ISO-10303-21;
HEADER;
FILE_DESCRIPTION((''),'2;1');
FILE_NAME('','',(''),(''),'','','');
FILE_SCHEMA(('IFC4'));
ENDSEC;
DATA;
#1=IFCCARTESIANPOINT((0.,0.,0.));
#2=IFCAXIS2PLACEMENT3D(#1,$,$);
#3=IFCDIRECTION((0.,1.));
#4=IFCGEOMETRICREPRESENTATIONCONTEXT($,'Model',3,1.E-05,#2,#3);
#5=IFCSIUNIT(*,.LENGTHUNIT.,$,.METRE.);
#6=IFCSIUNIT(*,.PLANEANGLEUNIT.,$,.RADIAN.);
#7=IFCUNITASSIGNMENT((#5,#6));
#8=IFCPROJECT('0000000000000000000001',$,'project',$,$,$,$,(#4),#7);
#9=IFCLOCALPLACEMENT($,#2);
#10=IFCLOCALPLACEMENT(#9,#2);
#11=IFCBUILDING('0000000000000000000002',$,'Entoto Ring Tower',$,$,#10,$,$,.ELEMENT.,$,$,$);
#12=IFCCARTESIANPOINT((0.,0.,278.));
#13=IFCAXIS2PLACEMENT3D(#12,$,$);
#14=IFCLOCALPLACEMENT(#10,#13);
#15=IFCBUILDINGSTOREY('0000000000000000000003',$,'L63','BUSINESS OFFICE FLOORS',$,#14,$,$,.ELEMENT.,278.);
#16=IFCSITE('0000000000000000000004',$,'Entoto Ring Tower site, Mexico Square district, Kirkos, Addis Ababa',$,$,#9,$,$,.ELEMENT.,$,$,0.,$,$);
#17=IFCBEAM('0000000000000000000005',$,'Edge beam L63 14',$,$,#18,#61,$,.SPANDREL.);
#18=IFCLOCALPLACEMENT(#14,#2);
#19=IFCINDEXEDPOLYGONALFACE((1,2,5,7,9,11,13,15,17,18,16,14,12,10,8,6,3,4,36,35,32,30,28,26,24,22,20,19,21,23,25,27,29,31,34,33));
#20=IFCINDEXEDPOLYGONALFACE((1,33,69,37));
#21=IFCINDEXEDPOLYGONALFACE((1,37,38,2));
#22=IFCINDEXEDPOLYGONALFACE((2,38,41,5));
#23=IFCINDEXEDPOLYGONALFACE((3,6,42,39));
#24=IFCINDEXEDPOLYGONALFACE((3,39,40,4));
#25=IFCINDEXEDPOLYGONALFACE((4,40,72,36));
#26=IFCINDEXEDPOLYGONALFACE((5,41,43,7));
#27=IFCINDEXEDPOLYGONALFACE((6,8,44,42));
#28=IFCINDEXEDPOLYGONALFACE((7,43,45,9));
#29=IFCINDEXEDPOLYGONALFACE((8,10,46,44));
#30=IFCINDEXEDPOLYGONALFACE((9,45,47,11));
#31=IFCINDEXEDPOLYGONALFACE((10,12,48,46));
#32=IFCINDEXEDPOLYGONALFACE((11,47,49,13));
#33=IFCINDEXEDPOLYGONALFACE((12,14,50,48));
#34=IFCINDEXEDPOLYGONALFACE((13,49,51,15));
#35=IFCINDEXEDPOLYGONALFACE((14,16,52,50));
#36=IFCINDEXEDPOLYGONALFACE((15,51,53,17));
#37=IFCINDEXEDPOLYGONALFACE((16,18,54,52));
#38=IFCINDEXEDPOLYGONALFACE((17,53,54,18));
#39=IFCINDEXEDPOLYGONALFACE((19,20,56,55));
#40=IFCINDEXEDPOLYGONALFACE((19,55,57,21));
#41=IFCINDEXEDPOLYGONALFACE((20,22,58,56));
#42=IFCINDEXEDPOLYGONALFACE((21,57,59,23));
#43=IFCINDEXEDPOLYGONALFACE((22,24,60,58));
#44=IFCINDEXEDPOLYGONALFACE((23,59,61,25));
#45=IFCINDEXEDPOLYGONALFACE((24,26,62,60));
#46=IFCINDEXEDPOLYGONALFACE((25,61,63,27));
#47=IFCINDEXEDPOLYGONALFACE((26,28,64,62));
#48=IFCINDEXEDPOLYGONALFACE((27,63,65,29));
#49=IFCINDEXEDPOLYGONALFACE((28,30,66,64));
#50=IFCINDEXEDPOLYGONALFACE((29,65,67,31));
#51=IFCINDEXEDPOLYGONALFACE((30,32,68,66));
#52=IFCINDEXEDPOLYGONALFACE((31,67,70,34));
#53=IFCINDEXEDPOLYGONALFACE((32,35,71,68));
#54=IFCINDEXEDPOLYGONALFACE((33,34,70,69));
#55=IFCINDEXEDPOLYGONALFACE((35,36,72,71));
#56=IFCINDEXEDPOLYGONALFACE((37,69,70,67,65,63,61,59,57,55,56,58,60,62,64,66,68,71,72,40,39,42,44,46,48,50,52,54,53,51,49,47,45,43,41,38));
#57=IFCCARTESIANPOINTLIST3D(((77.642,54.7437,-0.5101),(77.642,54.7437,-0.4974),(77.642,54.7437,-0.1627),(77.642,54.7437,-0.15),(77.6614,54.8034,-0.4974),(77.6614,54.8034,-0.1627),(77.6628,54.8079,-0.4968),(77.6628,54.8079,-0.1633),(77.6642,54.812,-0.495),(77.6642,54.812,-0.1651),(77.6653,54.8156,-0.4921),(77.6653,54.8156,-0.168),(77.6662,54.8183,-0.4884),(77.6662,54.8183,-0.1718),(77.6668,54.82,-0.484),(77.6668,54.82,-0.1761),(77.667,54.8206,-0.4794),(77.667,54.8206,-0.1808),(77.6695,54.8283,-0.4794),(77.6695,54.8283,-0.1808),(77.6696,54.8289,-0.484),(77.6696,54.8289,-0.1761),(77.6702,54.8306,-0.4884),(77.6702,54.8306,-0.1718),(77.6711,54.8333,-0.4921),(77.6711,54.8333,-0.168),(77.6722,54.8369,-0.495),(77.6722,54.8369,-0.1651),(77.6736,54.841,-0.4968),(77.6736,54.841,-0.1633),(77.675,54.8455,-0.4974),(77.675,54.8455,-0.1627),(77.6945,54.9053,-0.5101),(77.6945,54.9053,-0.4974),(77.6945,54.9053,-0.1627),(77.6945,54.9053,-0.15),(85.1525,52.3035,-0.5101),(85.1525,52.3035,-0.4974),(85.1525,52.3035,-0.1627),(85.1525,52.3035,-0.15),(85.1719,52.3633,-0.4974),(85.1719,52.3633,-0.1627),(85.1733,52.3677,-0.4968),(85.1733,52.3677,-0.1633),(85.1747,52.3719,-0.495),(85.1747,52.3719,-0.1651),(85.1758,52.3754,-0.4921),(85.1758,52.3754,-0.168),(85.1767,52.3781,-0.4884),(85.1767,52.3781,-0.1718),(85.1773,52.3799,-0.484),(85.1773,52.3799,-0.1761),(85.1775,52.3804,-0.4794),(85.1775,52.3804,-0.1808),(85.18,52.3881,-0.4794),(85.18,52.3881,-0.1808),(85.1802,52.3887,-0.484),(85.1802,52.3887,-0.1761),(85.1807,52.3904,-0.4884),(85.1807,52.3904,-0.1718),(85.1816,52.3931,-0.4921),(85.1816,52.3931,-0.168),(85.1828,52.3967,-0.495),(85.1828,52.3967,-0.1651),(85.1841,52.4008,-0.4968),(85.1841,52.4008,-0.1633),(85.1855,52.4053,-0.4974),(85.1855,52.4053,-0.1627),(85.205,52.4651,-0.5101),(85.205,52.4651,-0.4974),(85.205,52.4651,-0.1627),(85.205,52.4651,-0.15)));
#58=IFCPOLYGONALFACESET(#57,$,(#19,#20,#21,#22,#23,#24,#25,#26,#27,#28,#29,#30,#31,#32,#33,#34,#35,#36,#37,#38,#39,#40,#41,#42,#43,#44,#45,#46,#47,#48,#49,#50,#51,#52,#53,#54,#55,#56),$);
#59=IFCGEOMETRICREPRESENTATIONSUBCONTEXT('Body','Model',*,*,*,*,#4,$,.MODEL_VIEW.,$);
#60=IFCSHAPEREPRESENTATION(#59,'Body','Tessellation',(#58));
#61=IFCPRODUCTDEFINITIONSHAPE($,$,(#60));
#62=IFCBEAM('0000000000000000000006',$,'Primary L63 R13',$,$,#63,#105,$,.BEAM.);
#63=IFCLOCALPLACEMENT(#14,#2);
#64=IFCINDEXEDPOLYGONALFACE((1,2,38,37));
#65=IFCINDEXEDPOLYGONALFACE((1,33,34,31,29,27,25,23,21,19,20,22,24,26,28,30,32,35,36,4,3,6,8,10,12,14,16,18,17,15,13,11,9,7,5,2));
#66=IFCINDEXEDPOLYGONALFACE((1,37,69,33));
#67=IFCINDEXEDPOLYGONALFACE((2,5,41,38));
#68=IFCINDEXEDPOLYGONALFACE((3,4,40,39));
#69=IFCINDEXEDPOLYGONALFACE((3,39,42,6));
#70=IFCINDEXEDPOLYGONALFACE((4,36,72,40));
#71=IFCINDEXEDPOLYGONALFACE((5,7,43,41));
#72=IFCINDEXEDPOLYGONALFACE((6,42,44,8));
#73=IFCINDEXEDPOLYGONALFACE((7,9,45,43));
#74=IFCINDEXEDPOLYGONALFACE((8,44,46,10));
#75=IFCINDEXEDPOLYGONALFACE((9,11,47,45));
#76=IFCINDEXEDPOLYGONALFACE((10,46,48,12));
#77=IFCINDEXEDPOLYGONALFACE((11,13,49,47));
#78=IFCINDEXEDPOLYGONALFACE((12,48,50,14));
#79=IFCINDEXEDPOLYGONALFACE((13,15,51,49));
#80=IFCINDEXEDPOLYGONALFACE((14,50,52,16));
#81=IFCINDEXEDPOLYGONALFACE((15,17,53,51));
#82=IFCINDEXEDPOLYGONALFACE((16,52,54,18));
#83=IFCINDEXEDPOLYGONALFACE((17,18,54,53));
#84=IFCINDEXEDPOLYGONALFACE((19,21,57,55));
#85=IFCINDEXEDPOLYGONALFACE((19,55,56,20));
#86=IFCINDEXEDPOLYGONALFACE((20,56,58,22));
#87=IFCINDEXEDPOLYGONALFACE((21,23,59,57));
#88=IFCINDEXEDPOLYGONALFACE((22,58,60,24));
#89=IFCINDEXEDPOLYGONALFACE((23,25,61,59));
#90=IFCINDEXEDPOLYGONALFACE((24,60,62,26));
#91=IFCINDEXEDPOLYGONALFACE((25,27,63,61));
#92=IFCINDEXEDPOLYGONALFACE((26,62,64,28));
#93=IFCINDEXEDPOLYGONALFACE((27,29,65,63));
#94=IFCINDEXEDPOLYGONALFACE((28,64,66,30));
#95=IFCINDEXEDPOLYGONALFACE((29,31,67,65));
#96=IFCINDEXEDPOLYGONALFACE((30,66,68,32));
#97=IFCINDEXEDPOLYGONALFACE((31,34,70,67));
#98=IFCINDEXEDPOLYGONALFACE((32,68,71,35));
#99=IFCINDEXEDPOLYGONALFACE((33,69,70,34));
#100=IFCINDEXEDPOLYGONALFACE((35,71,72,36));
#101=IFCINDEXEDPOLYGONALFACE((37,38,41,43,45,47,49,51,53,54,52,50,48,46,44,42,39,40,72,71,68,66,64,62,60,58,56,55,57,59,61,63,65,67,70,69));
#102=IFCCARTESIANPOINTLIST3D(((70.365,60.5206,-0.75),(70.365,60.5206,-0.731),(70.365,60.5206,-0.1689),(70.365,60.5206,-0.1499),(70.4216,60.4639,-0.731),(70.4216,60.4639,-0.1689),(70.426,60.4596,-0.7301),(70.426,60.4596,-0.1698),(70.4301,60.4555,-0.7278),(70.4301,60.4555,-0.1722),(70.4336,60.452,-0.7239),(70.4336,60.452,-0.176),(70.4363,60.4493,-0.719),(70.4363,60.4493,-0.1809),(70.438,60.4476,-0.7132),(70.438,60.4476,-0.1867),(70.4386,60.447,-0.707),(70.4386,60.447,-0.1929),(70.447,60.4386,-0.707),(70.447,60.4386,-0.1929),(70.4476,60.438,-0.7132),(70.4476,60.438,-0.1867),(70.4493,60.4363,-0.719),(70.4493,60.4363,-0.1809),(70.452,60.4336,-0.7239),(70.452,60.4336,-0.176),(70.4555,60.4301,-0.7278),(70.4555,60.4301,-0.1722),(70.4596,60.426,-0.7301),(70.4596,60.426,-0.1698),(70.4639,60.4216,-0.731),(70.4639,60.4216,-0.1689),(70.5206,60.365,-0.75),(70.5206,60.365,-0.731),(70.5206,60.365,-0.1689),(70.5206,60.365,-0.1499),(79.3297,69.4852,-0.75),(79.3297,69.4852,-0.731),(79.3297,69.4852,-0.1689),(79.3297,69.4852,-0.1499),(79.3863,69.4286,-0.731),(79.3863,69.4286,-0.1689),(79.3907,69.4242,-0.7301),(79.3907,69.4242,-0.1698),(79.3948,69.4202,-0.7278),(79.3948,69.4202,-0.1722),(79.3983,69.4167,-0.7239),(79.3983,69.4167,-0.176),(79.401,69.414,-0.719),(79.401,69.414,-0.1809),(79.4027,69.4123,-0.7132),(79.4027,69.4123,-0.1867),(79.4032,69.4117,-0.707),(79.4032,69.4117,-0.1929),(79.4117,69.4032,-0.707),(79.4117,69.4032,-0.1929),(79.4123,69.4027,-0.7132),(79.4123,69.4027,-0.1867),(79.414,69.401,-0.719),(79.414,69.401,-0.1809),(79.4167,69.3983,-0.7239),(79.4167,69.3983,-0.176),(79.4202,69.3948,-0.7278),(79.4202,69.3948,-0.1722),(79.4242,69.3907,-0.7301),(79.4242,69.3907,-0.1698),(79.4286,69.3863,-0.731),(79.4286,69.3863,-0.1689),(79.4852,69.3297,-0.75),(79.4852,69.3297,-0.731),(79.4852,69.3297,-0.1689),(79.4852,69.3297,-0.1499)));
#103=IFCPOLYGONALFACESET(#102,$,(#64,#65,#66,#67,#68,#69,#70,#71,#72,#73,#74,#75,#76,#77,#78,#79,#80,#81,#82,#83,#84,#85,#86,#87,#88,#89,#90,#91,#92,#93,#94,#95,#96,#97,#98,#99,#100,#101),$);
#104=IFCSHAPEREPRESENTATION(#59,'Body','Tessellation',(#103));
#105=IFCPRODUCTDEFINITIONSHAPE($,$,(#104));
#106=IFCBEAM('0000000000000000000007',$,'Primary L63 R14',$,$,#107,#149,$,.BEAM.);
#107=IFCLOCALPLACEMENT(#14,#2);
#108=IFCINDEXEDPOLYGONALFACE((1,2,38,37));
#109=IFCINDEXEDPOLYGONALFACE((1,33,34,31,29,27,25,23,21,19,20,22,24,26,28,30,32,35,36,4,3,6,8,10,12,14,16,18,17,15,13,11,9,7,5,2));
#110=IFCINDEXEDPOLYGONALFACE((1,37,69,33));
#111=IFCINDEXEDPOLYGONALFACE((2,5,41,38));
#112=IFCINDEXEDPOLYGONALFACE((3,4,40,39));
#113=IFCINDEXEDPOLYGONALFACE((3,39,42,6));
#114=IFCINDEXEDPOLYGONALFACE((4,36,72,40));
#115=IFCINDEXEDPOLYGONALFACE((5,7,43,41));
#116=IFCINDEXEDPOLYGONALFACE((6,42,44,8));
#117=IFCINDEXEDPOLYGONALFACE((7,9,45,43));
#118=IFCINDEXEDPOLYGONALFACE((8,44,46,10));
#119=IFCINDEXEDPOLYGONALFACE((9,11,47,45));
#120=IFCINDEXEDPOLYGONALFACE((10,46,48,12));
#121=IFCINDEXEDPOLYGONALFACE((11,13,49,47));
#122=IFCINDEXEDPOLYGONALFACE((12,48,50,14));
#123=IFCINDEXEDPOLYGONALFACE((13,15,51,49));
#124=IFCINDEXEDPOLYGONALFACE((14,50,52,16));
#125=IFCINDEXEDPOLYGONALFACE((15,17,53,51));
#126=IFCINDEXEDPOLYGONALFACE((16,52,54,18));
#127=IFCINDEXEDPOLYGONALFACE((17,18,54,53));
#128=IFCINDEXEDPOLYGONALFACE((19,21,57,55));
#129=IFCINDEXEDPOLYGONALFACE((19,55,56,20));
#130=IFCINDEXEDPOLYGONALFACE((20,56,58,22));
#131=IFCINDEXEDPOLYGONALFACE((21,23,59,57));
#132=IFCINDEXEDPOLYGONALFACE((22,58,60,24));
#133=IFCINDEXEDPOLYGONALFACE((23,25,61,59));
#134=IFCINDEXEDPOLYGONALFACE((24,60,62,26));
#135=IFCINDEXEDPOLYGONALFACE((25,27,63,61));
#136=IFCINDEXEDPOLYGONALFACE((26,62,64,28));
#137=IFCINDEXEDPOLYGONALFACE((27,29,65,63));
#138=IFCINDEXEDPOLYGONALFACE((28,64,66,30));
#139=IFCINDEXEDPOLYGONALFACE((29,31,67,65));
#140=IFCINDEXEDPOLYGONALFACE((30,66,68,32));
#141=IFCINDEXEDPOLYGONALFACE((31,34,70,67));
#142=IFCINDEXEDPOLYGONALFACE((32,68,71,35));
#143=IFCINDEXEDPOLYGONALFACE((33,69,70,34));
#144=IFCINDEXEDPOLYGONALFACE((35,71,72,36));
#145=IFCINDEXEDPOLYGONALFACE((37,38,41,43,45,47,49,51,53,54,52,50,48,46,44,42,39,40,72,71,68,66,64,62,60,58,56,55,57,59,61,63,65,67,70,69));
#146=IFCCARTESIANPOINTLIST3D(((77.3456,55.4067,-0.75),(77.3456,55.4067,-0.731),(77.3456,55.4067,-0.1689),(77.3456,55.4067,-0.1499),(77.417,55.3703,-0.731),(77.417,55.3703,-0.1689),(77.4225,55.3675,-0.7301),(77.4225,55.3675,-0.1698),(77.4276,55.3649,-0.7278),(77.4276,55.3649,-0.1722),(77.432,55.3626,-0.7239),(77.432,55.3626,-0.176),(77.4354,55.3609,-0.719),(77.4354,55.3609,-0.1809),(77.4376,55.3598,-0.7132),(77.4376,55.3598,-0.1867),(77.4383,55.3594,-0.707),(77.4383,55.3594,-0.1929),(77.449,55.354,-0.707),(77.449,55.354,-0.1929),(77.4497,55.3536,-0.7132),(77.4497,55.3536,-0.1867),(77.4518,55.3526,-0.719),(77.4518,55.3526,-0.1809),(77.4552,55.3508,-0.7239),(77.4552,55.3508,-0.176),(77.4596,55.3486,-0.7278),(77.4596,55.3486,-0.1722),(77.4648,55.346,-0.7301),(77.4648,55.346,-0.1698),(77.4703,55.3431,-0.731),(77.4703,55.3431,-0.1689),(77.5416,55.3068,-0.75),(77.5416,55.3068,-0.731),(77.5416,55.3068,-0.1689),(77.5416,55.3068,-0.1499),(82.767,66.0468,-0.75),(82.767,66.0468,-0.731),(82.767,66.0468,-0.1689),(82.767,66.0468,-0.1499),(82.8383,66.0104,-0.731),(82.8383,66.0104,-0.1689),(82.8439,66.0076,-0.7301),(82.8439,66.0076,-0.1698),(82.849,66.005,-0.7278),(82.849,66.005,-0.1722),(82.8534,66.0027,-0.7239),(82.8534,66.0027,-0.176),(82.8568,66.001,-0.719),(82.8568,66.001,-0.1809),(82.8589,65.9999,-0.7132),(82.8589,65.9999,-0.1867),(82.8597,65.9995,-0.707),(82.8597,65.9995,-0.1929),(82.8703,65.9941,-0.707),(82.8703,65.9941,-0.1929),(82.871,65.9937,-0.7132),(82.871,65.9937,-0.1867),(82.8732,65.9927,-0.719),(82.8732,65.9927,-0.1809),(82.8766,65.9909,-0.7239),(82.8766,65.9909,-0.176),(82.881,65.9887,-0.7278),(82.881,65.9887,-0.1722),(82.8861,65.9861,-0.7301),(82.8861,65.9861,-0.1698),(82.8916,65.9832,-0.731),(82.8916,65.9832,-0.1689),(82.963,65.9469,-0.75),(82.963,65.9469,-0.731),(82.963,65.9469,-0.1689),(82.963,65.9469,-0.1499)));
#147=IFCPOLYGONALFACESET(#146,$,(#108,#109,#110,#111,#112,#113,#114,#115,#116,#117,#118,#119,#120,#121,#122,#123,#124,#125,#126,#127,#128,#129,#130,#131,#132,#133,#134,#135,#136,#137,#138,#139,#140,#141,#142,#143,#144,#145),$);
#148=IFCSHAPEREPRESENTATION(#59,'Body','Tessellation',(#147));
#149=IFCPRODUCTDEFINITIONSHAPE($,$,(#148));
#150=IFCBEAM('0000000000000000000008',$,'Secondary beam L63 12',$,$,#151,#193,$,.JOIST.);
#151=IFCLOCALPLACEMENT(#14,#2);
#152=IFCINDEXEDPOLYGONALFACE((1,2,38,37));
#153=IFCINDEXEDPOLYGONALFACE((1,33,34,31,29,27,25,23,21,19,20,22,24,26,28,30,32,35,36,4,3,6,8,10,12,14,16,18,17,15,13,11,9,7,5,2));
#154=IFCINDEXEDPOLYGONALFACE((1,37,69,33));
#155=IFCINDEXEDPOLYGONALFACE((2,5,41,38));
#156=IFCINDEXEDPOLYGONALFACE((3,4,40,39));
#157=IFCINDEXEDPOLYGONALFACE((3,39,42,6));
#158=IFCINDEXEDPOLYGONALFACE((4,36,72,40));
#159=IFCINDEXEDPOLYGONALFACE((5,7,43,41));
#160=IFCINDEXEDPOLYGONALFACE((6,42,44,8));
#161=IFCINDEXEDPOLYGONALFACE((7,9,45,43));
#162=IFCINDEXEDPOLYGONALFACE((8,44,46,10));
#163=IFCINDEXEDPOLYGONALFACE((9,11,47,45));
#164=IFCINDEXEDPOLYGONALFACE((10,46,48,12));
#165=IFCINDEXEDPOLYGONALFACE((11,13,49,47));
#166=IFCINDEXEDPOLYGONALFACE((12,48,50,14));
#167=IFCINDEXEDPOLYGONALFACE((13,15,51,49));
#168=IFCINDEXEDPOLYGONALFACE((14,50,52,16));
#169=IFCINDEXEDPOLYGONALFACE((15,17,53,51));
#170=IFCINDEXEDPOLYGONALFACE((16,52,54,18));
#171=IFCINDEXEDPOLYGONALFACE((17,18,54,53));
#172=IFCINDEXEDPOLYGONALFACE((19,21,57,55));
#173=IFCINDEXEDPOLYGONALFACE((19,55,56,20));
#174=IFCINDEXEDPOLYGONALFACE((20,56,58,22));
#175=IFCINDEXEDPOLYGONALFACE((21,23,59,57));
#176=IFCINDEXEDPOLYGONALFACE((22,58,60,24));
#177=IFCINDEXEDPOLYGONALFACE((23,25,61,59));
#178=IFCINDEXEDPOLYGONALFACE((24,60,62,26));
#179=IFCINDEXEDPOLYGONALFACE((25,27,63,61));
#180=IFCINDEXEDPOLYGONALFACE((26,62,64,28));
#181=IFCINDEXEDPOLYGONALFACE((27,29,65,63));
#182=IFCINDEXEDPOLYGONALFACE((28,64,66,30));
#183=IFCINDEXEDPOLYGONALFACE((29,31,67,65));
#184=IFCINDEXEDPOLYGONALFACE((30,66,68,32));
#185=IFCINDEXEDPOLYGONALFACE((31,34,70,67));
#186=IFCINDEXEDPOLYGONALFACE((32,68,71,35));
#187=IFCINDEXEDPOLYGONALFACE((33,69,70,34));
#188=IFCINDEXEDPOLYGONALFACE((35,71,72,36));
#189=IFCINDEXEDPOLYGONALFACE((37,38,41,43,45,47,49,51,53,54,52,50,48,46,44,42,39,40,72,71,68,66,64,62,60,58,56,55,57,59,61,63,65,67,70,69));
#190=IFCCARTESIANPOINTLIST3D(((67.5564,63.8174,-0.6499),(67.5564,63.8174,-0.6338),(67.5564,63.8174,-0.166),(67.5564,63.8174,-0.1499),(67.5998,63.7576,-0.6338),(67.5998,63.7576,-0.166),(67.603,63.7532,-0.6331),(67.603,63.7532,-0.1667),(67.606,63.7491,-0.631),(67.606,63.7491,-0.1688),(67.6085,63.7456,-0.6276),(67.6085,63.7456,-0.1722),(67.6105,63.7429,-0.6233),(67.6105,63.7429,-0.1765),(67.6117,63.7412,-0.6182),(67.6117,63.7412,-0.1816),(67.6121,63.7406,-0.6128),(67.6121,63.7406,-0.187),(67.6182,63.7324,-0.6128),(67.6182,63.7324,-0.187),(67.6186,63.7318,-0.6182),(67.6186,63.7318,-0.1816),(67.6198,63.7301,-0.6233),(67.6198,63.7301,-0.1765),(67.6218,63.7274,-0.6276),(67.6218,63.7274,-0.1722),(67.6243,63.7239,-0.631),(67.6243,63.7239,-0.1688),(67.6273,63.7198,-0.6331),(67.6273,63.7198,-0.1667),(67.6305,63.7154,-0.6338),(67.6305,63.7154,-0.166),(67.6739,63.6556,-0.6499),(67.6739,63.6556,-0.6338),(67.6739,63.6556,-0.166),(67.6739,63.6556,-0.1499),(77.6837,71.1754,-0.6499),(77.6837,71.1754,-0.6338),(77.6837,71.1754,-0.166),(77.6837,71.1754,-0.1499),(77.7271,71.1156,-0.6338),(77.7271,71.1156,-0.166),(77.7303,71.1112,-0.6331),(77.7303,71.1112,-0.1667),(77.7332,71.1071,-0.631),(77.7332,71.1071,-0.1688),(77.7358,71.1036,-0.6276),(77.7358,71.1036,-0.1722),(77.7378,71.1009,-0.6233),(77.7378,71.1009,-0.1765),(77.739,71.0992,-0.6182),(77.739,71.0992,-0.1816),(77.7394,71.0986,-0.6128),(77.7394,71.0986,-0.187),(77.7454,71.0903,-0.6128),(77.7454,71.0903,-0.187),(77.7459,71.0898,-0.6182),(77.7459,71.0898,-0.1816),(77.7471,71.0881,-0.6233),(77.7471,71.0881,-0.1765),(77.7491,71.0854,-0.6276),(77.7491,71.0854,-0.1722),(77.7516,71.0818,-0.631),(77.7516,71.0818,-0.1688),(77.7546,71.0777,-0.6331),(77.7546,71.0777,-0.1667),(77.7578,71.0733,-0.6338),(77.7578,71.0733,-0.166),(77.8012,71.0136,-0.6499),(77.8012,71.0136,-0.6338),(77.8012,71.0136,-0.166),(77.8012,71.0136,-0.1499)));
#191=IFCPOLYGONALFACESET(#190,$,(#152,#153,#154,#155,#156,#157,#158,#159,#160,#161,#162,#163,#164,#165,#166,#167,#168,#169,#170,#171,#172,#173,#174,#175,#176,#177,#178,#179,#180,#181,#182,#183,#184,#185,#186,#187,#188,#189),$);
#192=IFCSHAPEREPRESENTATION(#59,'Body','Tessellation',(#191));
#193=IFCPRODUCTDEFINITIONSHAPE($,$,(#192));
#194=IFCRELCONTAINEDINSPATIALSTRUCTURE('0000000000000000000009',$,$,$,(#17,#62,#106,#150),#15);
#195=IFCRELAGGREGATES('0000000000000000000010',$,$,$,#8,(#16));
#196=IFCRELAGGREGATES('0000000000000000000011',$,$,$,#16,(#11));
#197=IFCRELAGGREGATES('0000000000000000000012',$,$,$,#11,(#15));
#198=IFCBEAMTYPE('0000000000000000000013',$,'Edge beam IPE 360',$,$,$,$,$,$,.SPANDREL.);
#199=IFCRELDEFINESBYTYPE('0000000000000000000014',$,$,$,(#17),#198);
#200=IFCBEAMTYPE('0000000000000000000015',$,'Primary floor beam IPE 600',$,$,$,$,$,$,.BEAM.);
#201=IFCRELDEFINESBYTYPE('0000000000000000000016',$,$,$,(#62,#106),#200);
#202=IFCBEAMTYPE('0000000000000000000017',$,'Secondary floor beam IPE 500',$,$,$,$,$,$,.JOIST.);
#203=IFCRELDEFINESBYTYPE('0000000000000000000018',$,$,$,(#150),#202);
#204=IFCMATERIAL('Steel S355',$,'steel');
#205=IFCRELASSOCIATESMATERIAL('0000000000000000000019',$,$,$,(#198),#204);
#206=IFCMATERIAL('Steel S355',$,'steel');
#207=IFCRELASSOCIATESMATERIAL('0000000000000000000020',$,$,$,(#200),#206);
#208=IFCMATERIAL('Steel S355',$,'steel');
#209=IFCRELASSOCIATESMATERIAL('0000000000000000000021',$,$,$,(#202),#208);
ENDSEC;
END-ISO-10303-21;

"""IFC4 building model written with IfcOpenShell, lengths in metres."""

from ifc_helpers import new_model, si_unit, direction, frame, origin, origin_2d, place, context, subcontext, project, spatial, i_section, extrude, material, material_profile, profile_set, type_object, element, save


model = new_model("IFC4")

# Units and contexts
model_context = context("Model", 3, precision=1e-05, world=origin(), true_north=direction((0.0, 1.0)))
body_context = subcontext(model_context, "Body", "Model", "MODEL_VIEW")
ifc_project = project(units=[si_unit("LENGTHUNIT", "METRE"), si_unit("PLANEANGLEUNIT", "RADIAN")], contexts=[model_context])

# Site, building, storey
site_placement = place(None, origin())
site = spatial("IfcSite", under=ifc_project, at=site_placement, Name="Entoto Ring Tower site, Mexico Square district, Kirkos, Addis Ababa", CompositionType="ELEMENT", RefElevation=0.0)
building_placement = place(site_placement, origin())
building = spatial("IfcBuilding", under=site, at=building_placement, Name="Entoto Ring Tower", CompositionType="ELEMENT")
storey_placement = place(building_placement, frame((0.0, 0.0, 278.0)))
storey = spatial("IfcBuildingStorey", under=building, at=storey_placement, Name="L63", Description="BUSINESS OFFICE FLOORS", CompositionType="ELEMENT", Elevation=278.0)

# Beams
ifc_material_1 = material(Name="Steel S355", Category="steel")
ifc_material_profile_1 = material_profile(ifc_material_1, i_section(OverallWidth=0.1699, OverallDepth=0.3601, WebThickness=0.0081, FlangeThickness=0.0127, FilletRadius=0.0181, at=origin_2d()), Name="IPE 360")
ifc_profile_set_1 = profile_set([ifc_material_profile_1], Name="Steel S355")
beam_type_1 = type_object("IfcBeamType", Name="Edge beam IPE 360", PredefinedType="SPANDREL", material=ifc_profile_set_1)
beam_1_placement = place(storey_placement, frame((77.6682, 54.8245, -0.3301), z_axis=(0.951061, -0.309003, 0.0), x_axis=(0.309003, 0.951061, 0.0)))
element("IfcBeam", 1, at=beam_1_placement, inside=storey, type_object=beam_type_1, Name="Edge beam L63 14", PredefinedType="SPANDREL", context=body_context, shape_type="SweptSolid", body=[
    extrude(i_section(OverallWidth=0.1699, OverallDepth=0.3601, WebThickness=0.0081, FlangeThickness=0.0127, FilletRadius=0.0181, at=origin_2d()), origin(), (0.0, 0.0, 1.0), 7.897),
])
ifc_material_2 = material(Name="Steel S355", Category="steel")
ifc_material_profile_2 = material_profile(ifc_material_2, i_section(OverallWidth=0.22, OverallDepth=0.6001, WebThickness=0.012, FlangeThickness=0.019, FilletRadius=0.0239, at=origin_2d()), Name="IPE 600")
ifc_profile_set_2 = profile_set([ifc_material_profile_2], Name="Steel S355")
beam_type_2 = type_object("IfcBeamType", Name="Primary floor beam IPE 600", PredefinedType="BEAM", material=ifc_profile_set_2)
beam_2_placement = place(storey_placement, frame((79.4075, 69.4075, -0.45), z_axis=(-0.707107, -0.707107, 0.0), x_axis=(0.707107, -0.707107, 0.0)))
element("IfcBeam", 2, at=beam_2_placement, inside=storey, type_object=beam_type_2, Name="Primary L63 R13", PredefinedType="BEAM", context=body_context, shape_type="SweptSolid", body=[
    extrude(i_section(OverallWidth=0.22, OverallDepth=0.6001, WebThickness=0.012, FlangeThickness=0.019, FilletRadius=0.0239, at=origin_2d()), origin(), (0.0, 0.0, 1.0), 12.678),
])
beam_3_placement = place(storey_placement, frame((82.865, 65.9968, -0.45), z_axis=(-0.453988, -0.891008, 0.0), x_axis=(0.891008, -0.453988, 0.0)))
element("IfcBeam", 3, at=beam_3_placement, inside=storey, type_object=beam_type_2, Name="Primary L63 R14", PredefinedType="BEAM", context=body_context, shape_type="SweptSolid", body=[
    extrude(i_section(OverallWidth=0.22, OverallDepth=0.6001, WebThickness=0.012, FlangeThickness=0.019, FilletRadius=0.0239, at=origin_2d()), origin(), (0.0, 0.0, 1.0), 11.9417),
])
ifc_material_3 = material(Name="Steel S355", Category="steel")
ifc_material_profile_3 = material_profile(ifc_material_3, i_section(OverallWidth=0.2, OverallDepth=0.5, WebThickness=0.0103, FlangeThickness=0.0161, FilletRadius=0.021, at=origin_2d()), Name="IPE 500")
ifc_profile_set_3 = profile_set([ifc_material_profile_3], Name="Steel S355")
beam_type_3 = type_object("IfcBeamType", Name="Secondary floor beam IPE 500", PredefinedType="JOIST", material=ifc_profile_set_3)
for number, where, z_axis, x_axis, name in (
    (4, (77.7424, 71.0945, -0.3999), (-0.809014, -0.587789, 0.0), (0.587789, -0.809014, 0.0), "Secondary beam L63 12"),
):
    element("IfcBeam", number, at=place(storey_placement, frame(where, z_axis=z_axis, x_axis=x_axis)), inside=storey, type_object=beam_type_3, Name=name, PredefinedType="JOIST", context=body_context, shape_type="SweptSolid", body=[
        extrude(i_section(OverallWidth=0.2, OverallDepth=0.5, WebThickness=0.0103, FlangeThickness=0.0161, FilletRadius=0.021, at=origin_2d()), origin(), (0.0, 0.0, 1.0), 12.5181),
    ])

save(model, "model.ifc")
